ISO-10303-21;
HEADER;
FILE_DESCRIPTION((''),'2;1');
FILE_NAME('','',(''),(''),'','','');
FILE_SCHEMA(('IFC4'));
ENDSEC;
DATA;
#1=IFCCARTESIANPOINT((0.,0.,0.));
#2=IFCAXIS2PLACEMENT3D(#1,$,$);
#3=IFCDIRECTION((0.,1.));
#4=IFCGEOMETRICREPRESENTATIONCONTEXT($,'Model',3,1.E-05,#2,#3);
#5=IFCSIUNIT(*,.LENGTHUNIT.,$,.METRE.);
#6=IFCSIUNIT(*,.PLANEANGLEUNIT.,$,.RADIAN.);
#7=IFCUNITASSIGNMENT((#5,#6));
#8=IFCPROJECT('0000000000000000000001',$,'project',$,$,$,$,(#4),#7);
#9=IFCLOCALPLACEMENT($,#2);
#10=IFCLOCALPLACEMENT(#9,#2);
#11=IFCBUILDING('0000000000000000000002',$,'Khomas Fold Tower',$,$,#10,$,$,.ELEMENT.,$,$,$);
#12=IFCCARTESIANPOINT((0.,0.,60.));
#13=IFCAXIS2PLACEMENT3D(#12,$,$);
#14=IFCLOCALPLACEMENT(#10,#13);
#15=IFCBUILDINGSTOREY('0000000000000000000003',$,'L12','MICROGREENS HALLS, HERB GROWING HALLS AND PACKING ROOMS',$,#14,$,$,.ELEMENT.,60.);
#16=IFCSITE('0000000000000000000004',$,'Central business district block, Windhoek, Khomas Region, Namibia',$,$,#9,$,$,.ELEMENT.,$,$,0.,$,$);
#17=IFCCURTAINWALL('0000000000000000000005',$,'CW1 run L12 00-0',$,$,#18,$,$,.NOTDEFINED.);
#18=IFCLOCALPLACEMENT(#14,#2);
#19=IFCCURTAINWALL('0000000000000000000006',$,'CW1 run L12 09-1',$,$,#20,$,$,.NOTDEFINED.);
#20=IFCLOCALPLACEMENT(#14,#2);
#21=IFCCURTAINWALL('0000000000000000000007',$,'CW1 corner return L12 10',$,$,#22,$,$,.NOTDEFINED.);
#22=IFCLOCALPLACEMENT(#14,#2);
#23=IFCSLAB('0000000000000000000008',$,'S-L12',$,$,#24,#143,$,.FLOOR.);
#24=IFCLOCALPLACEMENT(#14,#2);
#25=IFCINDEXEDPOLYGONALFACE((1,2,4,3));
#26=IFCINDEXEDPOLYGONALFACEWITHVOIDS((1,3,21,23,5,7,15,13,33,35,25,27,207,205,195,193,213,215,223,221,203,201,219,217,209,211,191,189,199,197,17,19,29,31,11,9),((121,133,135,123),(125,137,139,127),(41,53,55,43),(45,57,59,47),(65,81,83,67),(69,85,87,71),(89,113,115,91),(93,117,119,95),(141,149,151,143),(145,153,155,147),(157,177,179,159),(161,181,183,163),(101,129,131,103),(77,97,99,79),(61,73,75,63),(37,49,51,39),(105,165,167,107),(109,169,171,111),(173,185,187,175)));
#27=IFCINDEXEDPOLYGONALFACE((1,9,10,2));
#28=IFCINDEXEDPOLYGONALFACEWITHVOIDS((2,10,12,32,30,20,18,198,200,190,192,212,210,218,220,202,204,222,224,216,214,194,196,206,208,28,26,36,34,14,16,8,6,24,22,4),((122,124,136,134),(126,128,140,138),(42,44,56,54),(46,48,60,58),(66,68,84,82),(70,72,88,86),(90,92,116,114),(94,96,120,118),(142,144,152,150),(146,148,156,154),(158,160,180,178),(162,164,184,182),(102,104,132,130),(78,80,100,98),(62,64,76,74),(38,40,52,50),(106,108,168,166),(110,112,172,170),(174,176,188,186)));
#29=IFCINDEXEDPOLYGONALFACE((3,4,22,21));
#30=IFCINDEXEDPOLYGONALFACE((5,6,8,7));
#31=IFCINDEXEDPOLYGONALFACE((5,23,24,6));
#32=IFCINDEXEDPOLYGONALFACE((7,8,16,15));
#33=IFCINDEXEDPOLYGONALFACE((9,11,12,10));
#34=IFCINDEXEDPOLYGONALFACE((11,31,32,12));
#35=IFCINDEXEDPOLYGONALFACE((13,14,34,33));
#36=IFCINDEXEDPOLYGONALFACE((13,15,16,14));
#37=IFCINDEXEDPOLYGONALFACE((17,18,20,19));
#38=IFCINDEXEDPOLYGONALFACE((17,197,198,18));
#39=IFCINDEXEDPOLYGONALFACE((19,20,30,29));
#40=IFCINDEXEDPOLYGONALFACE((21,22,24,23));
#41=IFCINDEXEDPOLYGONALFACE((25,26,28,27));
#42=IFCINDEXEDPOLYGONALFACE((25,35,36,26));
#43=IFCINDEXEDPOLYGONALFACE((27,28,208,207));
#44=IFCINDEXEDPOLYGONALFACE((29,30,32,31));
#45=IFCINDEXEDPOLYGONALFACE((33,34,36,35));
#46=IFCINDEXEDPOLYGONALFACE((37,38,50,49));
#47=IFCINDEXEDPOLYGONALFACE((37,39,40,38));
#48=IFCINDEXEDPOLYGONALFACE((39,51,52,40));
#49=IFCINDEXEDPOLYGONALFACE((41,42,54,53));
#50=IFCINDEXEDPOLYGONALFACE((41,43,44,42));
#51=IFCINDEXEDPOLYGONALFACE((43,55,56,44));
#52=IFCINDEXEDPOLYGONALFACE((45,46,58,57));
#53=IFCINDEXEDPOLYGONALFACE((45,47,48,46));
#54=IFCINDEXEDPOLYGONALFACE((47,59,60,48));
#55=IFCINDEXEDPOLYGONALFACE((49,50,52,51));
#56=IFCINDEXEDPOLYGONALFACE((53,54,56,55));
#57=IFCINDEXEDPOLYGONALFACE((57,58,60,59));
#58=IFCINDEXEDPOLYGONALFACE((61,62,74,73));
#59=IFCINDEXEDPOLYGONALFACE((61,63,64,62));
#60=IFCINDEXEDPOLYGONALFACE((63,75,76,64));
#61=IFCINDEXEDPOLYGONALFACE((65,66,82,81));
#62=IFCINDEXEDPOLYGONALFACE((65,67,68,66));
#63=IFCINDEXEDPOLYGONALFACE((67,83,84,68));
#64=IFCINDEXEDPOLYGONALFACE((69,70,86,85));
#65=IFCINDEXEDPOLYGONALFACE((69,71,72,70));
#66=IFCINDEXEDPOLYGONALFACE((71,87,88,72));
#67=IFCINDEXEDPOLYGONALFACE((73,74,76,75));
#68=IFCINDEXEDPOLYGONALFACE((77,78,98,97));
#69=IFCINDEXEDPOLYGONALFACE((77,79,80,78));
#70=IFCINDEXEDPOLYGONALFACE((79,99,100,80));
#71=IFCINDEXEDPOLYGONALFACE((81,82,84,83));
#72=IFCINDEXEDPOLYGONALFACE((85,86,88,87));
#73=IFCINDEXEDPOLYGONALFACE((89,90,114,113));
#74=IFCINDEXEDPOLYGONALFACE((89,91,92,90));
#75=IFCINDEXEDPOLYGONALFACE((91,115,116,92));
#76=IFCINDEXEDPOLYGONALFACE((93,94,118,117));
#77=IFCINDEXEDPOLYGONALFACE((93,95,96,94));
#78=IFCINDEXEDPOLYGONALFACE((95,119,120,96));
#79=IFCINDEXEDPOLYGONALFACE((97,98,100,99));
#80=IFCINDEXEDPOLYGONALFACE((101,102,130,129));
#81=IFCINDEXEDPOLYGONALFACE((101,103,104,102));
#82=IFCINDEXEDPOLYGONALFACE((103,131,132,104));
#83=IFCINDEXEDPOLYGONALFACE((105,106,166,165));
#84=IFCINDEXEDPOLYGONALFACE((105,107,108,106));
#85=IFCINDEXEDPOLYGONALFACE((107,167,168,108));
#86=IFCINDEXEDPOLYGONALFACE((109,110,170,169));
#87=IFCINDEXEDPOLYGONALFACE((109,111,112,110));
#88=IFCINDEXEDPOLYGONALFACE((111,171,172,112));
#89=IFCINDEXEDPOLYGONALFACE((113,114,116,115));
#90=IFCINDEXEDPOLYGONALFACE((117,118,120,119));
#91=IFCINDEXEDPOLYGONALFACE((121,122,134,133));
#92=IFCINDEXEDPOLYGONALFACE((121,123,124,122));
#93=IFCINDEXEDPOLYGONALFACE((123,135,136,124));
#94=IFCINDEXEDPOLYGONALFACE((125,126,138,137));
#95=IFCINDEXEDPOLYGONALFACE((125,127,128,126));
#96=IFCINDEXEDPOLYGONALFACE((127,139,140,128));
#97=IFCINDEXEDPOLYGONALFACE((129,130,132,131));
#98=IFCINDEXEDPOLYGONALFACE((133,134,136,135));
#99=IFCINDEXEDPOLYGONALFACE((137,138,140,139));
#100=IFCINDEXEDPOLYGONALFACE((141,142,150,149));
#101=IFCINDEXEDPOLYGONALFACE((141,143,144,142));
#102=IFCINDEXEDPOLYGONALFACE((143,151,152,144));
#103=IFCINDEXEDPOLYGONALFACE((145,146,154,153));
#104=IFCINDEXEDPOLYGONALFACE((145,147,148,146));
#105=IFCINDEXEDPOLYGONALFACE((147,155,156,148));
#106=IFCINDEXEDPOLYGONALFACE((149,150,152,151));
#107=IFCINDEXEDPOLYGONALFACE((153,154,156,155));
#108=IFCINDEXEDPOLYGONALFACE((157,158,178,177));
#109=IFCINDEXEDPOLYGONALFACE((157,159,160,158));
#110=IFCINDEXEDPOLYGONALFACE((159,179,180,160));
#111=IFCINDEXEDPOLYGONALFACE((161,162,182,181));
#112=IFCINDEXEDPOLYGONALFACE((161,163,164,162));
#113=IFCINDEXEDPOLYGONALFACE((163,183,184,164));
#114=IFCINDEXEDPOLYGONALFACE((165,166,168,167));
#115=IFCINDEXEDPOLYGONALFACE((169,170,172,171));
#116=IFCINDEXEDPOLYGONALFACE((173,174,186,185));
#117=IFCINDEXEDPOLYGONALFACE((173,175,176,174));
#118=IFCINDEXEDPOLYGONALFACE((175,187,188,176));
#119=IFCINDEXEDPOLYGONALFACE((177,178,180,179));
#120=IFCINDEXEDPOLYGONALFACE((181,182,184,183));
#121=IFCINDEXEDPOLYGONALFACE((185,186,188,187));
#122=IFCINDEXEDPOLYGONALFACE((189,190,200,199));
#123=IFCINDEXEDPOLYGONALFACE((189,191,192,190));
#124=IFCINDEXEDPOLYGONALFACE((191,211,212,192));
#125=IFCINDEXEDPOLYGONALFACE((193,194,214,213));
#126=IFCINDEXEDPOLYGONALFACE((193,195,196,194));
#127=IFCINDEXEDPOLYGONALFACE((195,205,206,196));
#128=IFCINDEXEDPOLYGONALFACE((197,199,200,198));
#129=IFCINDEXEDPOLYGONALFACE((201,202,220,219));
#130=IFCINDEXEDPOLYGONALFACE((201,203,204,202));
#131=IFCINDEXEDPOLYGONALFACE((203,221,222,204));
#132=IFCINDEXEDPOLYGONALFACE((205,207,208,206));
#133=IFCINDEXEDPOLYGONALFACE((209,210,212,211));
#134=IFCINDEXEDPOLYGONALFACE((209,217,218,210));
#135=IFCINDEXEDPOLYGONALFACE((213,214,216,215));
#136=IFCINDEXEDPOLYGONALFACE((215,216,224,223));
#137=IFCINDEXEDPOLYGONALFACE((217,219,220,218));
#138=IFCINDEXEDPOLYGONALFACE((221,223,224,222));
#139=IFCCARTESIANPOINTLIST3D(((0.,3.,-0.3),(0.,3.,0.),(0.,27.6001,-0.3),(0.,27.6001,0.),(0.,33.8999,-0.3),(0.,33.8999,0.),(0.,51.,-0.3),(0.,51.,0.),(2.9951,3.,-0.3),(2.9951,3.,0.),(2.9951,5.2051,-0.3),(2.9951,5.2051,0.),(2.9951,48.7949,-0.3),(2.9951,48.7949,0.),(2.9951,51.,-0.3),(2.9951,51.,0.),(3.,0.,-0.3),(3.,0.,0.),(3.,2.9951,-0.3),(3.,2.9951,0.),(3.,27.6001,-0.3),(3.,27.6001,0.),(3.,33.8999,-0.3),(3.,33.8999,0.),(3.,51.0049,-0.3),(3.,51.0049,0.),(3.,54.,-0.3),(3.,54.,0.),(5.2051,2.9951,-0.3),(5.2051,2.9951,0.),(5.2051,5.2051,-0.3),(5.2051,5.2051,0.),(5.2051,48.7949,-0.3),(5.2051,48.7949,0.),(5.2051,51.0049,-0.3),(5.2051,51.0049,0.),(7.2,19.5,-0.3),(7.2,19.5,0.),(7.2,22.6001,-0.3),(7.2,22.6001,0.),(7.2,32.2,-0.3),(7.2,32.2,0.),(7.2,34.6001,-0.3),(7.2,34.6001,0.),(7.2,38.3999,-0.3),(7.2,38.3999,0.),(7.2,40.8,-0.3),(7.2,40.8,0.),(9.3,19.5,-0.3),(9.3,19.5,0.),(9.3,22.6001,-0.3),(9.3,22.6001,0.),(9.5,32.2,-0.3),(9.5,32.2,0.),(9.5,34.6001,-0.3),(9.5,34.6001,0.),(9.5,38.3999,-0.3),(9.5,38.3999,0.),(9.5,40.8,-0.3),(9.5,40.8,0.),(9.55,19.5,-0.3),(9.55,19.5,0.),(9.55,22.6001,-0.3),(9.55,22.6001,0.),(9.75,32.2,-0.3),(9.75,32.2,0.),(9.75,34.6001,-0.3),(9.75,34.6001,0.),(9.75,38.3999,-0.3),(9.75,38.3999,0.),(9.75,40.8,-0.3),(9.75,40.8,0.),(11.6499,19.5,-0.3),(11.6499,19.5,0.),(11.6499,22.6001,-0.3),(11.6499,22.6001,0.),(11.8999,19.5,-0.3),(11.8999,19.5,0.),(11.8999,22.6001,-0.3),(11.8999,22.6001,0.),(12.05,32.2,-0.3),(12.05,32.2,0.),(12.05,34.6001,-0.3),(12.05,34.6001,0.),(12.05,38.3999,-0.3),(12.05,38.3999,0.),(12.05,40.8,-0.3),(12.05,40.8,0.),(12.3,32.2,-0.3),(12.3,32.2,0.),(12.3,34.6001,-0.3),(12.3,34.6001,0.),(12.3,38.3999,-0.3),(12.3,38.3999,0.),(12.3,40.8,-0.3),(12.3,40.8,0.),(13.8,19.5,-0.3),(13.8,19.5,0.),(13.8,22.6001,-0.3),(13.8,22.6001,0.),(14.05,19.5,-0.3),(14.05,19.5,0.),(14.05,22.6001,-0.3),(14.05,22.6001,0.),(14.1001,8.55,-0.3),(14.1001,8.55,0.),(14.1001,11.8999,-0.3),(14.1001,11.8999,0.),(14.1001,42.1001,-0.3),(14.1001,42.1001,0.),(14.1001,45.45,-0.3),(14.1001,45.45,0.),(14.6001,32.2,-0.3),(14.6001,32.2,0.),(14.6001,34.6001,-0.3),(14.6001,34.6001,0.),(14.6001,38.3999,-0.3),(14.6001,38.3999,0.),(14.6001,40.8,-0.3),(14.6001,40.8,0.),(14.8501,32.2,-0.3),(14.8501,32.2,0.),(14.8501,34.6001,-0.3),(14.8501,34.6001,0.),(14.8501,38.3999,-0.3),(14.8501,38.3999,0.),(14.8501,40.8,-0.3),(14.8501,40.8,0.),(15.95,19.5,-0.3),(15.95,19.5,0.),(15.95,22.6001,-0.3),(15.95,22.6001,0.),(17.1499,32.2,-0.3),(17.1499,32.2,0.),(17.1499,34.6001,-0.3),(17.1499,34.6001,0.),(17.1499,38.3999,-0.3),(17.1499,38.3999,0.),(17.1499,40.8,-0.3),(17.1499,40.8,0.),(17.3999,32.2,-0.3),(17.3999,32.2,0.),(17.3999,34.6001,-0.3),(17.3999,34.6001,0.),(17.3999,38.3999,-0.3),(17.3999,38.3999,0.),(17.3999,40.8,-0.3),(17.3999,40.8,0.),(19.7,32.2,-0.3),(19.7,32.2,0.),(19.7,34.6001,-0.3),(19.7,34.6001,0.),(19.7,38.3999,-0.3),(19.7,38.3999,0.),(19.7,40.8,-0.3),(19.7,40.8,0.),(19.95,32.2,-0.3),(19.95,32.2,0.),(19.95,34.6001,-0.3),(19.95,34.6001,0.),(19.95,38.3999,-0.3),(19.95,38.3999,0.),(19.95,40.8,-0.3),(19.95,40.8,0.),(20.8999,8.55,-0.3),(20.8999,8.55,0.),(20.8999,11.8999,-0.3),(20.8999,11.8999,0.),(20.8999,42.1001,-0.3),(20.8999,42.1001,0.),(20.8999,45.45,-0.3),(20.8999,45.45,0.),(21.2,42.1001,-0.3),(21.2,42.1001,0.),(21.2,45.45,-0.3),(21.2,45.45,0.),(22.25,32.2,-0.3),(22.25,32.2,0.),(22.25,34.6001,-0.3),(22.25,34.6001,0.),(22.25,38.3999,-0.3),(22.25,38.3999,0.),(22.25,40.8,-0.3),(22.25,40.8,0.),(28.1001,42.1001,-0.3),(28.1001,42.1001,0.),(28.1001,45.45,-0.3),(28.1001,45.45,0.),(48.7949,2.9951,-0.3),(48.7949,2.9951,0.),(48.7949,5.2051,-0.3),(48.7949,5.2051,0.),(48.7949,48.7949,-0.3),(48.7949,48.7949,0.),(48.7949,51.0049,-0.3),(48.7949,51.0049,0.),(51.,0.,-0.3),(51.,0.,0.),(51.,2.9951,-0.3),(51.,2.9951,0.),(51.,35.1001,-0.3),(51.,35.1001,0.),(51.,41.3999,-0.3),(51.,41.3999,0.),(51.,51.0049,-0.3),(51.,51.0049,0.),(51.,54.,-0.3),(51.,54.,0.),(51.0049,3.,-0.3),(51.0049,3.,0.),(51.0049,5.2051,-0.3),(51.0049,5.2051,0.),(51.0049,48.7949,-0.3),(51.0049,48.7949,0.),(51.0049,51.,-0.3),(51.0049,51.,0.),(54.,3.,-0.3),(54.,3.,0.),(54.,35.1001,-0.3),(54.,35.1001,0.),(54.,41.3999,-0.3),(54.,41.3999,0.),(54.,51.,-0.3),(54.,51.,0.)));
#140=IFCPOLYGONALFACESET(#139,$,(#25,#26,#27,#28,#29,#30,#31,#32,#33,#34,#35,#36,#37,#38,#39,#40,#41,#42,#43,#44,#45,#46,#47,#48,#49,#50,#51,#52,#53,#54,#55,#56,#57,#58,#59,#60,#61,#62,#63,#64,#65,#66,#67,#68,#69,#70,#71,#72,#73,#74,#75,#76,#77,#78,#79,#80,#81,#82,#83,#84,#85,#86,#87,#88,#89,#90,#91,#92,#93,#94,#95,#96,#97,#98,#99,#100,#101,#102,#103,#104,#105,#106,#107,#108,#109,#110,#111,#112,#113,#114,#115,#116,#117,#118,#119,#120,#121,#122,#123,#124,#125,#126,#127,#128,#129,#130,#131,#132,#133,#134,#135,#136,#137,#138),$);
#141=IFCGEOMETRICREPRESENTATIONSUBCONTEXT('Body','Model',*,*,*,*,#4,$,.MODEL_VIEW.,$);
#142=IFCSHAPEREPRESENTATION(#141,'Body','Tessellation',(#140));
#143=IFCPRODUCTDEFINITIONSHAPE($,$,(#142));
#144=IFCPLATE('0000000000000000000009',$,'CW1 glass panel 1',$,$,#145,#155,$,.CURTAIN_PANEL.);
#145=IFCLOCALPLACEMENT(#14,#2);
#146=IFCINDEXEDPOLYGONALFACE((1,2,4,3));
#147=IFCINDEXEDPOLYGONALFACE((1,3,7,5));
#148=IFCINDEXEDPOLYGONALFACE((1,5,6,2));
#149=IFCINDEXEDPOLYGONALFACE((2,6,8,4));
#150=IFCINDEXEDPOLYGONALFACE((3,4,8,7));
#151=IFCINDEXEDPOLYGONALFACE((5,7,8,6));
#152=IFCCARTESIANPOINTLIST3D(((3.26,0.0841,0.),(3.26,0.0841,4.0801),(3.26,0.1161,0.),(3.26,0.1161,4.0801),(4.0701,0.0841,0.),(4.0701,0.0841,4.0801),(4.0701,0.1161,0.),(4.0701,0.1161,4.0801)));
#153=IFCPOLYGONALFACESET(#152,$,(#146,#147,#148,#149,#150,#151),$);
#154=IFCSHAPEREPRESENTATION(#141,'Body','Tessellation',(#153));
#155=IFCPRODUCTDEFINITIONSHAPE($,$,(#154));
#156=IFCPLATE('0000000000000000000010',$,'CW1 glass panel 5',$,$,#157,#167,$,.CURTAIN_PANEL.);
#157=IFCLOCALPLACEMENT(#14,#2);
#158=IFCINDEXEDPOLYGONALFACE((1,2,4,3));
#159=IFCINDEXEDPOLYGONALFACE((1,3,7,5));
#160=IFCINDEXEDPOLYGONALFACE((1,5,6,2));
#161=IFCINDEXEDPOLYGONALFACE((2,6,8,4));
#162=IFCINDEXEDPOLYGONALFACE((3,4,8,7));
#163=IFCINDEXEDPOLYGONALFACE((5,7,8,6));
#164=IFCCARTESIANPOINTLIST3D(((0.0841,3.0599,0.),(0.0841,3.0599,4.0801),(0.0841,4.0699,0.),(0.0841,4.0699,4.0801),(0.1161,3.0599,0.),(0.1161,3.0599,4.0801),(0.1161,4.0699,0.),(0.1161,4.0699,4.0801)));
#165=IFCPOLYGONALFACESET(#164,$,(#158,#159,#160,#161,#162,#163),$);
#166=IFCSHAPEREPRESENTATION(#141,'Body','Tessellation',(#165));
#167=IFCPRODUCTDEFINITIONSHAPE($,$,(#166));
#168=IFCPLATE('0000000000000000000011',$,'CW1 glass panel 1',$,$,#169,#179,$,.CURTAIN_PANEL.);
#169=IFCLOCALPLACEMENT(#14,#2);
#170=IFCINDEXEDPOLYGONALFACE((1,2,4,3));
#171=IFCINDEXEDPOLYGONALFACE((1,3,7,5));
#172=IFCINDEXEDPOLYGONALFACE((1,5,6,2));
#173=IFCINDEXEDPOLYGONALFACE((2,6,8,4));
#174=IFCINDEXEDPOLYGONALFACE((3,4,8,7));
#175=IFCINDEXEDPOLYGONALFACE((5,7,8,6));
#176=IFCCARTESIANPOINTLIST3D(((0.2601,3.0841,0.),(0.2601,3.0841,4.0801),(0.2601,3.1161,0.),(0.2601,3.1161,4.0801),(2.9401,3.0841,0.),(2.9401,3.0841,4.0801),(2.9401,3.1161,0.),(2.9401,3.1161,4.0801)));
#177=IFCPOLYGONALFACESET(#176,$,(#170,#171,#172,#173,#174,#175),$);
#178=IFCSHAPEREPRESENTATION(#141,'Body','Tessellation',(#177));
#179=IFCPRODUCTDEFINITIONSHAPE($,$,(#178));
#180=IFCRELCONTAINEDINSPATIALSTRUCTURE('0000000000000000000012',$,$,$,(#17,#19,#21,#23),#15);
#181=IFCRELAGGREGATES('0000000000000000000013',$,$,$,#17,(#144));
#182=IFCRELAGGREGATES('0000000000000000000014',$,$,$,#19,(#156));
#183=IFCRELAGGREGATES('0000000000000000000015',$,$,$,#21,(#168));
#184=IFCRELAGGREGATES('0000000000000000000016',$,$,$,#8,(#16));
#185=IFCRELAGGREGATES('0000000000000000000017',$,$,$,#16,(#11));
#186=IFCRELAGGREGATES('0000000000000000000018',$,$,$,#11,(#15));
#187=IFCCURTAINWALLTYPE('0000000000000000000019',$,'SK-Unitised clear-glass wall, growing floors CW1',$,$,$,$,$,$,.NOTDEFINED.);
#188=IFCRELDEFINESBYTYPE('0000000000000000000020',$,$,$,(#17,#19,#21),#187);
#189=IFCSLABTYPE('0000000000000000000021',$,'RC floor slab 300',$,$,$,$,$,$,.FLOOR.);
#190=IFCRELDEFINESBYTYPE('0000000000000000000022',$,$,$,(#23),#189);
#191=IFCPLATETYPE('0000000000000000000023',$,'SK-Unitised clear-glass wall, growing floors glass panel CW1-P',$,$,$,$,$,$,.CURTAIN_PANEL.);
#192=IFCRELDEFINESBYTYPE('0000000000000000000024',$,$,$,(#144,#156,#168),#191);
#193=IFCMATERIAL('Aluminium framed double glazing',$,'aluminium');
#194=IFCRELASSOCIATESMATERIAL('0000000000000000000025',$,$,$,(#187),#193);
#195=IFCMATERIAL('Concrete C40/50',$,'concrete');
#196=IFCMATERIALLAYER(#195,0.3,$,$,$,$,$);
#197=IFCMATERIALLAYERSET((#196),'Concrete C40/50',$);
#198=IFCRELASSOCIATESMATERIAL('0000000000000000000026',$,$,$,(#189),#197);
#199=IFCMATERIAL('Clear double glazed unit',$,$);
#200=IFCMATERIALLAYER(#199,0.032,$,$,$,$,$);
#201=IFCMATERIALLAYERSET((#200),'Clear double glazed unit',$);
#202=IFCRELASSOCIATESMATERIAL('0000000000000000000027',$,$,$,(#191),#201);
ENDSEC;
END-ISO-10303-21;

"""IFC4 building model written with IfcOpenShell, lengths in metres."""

from ifc_helpers import new_model, si_unit, direction, frame, origin, origin_2d, place, context, subcontext, project, spatial, polyline, rectangle, outline, extrude, source, transform, mapped, material, layer, layer_set, type_object, element, aggregate, save


model = new_model("IFC4")

# Units and contexts
model_context = context("Model", 3, precision=1e-05, world=origin(), true_north=direction((0.0, 1.0)))
body_context = subcontext(model_context, "Body", "Model", "MODEL_VIEW")
ifc_project = project(units=[si_unit("LENGTHUNIT", "METRE"), si_unit("PLANEANGLEUNIT", "RADIAN")], contexts=[model_context])

# Site, building, storey
site_placement = place(None, origin())
site = spatial("IfcSite", under=ifc_project, at=site_placement, Name="Central business district block, Windhoek, Khomas Region, Namibia", CompositionType="ELEMENT", RefElevation=0.0)
building_placement = place(site_placement, origin())
building = spatial("IfcBuilding", under=site, at=building_placement, Name="Khomas Fold Tower", CompositionType="ELEMENT")
storey_placement = place(building_placement, frame((0.0, 0.0, 60.0)))
storey = spatial("IfcBuildingStorey", under=building, at=storey_placement, Name="L12", Description="MICROGREENS HALLS, HERB GROWING HALLS AND PACKING ROOMS", CompositionType="ELEMENT", Elevation=60.0)

# Curtain walls
ifc_material_1 = material(Name="Aluminium framed double glazing", Category="aluminium")
curtain_wall_type = type_object("IfcCurtainWallType", Name="SK-Unitised clear-glass wall, growing floors CW1", PredefinedType="NOTDEFINED", material=ifc_material_1)
curtain_wall_1_placement = place(storey_placement, origin())
curtain_wall_1 = element("IfcCurtainWall", 1, at=curtain_wall_1_placement, inside=storey, type_object=curtain_wall_type, Name="CW1 run L12 00-0", PredefinedType="NOTDEFINED")
curtain_wall_2_placement = place(storey_placement, origin())
curtain_wall_2 = element("IfcCurtainWall", 2, at=curtain_wall_2_placement, inside=storey, type_object=curtain_wall_type, Name="CW1 run L12 09-1", PredefinedType="NOTDEFINED")
curtain_wall_3_placement = place(storey_placement, origin())
curtain_wall_3 = element("IfcCurtainWall", 3, at=curtain_wall_3_placement, inside=storey, type_object=curtain_wall_type, Name="CW1 corner return L12 10", PredefinedType="NOTDEFINED")

# Slab
ifc_material_2 = material(Name="Concrete C40/50", Category="concrete")
ifc_layer_1 = layer(ifc_material_2, 0.3)
ifc_layer_set_1 = layer_set([ifc_layer_1], Name="Concrete C40/50")
slab_type_1 = type_object("IfcSlabType", Name="RC floor slab 300", PredefinedType="FLOOR", material=ifc_layer_set_1)
shared_shape_1 = source(origin(), body_context, "Body", "SweptSolid", [
    extrude(outline(polyline([(0.0, 3.0), (2.9951, 3.0), (2.9951, 5.2051), (5.2051, 5.2051), (5.2051, 2.9951), (3.0, 2.9951), (3.0, 0.0), (51.0, 0.0), (51.0, 2.9951), (48.7949, 2.9951), (48.7949, 5.2051), (51.0049, 5.2051), (51.0049, 3.0), (54.0, 3.0), (54.0, 35.1001), (51.0, 35.1001), (51.0, 41.3999), (54.0, 41.3999), (54.0, 51.0), (51.0049, 51.0), (51.0049, 48.7949), (48.7949, 48.7949), (48.7949, 51.0049), (51.0, 51.0049), (51.0, 54.0), (3.0, 54.0), (3.0, 51.0049), (5.2051, 51.0049), (5.2051, 48.7949), (2.9951, 48.7949), (2.9951, 51.0), (0.0, 51.0), (0.0, 33.8999), (3.0, 33.8999), (3.0, 27.6001), (0.0, 27.6001), (0.0, 3.0)]), holes=[polyline([(7.2, 19.5), (7.2, 22.6001), (9.3, 22.6001), (9.3, 19.5), (7.2, 19.5)]), polyline([(7.2, 32.2), (7.2, 34.6001), (9.5, 34.6001), (9.5, 32.2), (7.2, 32.2)]), polyline([(7.2, 38.3999), (7.2, 40.8), (9.5, 40.8), (9.5, 38.3999), (7.2, 38.3999)]), polyline([(9.55, 19.5), (9.55, 22.6001), (11.6499, 22.6001), (11.6499, 19.5), (9.55, 19.5)]), polyline([(9.75, 32.2), (9.75, 34.6001), (12.05, 34.6001), (12.05, 32.2), (9.75, 32.2)]), polyline([(9.75, 38.3999), (9.75, 40.8), (12.05, 40.8), (12.05, 38.3999), (9.75, 38.3999)]), polyline([(11.8999, 19.5), (11.8999, 22.6001), (13.8, 22.6001), (13.8, 19.5), (11.8999, 19.5)]), polyline([(12.3, 32.2), (12.3, 34.6001), (14.6001, 34.6001), (14.6001, 32.2), (12.3, 32.2)]), polyline([(12.3, 38.3999), (12.3, 40.8), (14.6001, 40.8), (14.6001, 38.3999), (12.3, 38.3999)]), polyline([(14.05, 19.5), (14.05, 22.6001), (15.95, 22.6001), (15.95, 19.5), (14.05, 19.5)]), polyline([(14.1001, 8.55), (14.1001, 11.8999), (20.8999, 11.8999), (20.8999, 8.55), (14.1001, 8.55)]), polyline([(14.1001, 42.1001), (14.1001, 45.45), (20.8999, 45.45), (20.8999, 42.1001), (14.1001, 42.1001)]), polyline([(14.8501, 32.2), (14.8501, 34.6001), (17.1499, 34.6001), (17.1499, 32.2), (14.8501, 32.2)]), polyline([(14.8501, 38.3999), (14.8501, 40.8), (17.1499, 40.8), (17.1499, 38.3999), (14.8501, 38.3999)]), polyline([(17.3999, 32.2), (17.3999, 34.6001), (19.7, 34.6001), (19.7, 32.2), (17.3999, 32.2)]), polyline([(17.3999, 38.3999), (17.3999, 40.8), (19.7, 40.8), (19.7, 38.3999), (17.3999, 38.3999)]), polyline([(19.95, 32.2), (19.95, 34.6001), (22.25, 34.6001), (22.25, 32.2), (19.95, 32.2)]), polyline([(19.95, 38.3999), (19.95, 40.8), (22.25, 40.8), (22.25, 38.3999), (19.95, 38.3999)]), polyline([(21.2, 42.1001), (21.2, 45.45), (28.1001, 45.45), (28.1001, 42.1001), (21.2, 42.1001)])]), origin(), (0.0, 0.0, 1.0), 0.3),
])
slab_1_placement = place(storey_placement, frame((0.0, 0.0, -0.3)))
element("IfcSlab", 4, at=slab_1_placement, inside=storey, type_object=slab_type_1, Name="S-L12", PredefinedType="FLOOR", context=body_context, shape_type="MappedRepresentation", body=[
    mapped(shared_shape_1, transform((0.0, 0.0, 0.0))),
])

# Plates
ifc_material_3 = material(Name="Clear double glazed unit")
ifc_layer_2 = layer(ifc_material_3, 0.032)
ifc_layer_set_2 = layer_set([ifc_layer_2], Name="Clear double glazed unit")
plate_type_1 = type_object("IfcPlateType", Name="SK-Unitised clear-glass wall, growing floors glass panel CW1-P", PredefinedType="CURTAIN_PANEL", material=ifc_layer_set_2)
shared_shape_2 = source(origin(), body_context, "Body", "SweptSolid", [
    extrude(rectangle(XDim=0.8101, YDim=0.032, at=origin_2d()), origin(), (0.0, 0.0, 1.0), 4.0801),
])
plate_1_placement = place(storey_placement, frame((3.665, 0.1001, 0.0), z_axis=(0.0, 0.0, 1.0), x_axis=(1.0, 0.0, 0.0)))
plate_1 = element("IfcPlate", 5, at=plate_1_placement, type_object=plate_type_1, Name="CW1 glass panel 1", PredefinedType="CURTAIN_PANEL", context=body_context, shape_type="MappedRepresentation", body=[
    mapped(shared_shape_2, transform((0.0, 0.0, 0.0))),
])
aggregate(curtain_wall_1, [plate_1])
shared_shape_3 = source(origin(), body_context, "Body", "SweptSolid", [
    extrude(rectangle(XDim=1.01, YDim=0.032, at=origin_2d()), origin(), (0.0, 0.0, 1.0), 4.0801),
])
plate_2_placement = place(storey_placement, frame((0.1001, 3.5649, 0.0), z_axis=(0.0, 0.0, 1.0), x_axis=(0.0, -1.0, 0.0)))
plate_2 = element("IfcPlate", 6, at=plate_2_placement, type_object=plate_type_1, Name="CW1 glass panel 5", PredefinedType="CURTAIN_PANEL", context=body_context, shape_type="MappedRepresentation", body=[
    mapped(shared_shape_3, transform((0.0, 0.0, 0.0))),
])
aggregate(curtain_wall_2, [plate_2])
shared_shape_4 = source(origin(), body_context, "Body", "SweptSolid", [
    extrude(rectangle(XDim=2.6799, YDim=0.032, at=origin_2d()), origin(), (0.0, 0.0, 1.0), 4.0801),
])
plate_3_placement = place(storey_placement, frame((1.6001, 3.1001, 0.0), z_axis=(0.0, 0.0, 1.0), x_axis=(1.0, 0.0, 0.0)))
plate_3 = element("IfcPlate", 7, at=plate_3_placement, type_object=plate_type_1, Name="CW1 glass panel 1", PredefinedType="CURTAIN_PANEL", context=body_context, shape_type="MappedRepresentation", body=[
    mapped(shared_shape_4, transform((0.0, 0.0, 0.0))),
])
aggregate(curtain_wall_3, [plate_3])

save(model, "model.ifc")
